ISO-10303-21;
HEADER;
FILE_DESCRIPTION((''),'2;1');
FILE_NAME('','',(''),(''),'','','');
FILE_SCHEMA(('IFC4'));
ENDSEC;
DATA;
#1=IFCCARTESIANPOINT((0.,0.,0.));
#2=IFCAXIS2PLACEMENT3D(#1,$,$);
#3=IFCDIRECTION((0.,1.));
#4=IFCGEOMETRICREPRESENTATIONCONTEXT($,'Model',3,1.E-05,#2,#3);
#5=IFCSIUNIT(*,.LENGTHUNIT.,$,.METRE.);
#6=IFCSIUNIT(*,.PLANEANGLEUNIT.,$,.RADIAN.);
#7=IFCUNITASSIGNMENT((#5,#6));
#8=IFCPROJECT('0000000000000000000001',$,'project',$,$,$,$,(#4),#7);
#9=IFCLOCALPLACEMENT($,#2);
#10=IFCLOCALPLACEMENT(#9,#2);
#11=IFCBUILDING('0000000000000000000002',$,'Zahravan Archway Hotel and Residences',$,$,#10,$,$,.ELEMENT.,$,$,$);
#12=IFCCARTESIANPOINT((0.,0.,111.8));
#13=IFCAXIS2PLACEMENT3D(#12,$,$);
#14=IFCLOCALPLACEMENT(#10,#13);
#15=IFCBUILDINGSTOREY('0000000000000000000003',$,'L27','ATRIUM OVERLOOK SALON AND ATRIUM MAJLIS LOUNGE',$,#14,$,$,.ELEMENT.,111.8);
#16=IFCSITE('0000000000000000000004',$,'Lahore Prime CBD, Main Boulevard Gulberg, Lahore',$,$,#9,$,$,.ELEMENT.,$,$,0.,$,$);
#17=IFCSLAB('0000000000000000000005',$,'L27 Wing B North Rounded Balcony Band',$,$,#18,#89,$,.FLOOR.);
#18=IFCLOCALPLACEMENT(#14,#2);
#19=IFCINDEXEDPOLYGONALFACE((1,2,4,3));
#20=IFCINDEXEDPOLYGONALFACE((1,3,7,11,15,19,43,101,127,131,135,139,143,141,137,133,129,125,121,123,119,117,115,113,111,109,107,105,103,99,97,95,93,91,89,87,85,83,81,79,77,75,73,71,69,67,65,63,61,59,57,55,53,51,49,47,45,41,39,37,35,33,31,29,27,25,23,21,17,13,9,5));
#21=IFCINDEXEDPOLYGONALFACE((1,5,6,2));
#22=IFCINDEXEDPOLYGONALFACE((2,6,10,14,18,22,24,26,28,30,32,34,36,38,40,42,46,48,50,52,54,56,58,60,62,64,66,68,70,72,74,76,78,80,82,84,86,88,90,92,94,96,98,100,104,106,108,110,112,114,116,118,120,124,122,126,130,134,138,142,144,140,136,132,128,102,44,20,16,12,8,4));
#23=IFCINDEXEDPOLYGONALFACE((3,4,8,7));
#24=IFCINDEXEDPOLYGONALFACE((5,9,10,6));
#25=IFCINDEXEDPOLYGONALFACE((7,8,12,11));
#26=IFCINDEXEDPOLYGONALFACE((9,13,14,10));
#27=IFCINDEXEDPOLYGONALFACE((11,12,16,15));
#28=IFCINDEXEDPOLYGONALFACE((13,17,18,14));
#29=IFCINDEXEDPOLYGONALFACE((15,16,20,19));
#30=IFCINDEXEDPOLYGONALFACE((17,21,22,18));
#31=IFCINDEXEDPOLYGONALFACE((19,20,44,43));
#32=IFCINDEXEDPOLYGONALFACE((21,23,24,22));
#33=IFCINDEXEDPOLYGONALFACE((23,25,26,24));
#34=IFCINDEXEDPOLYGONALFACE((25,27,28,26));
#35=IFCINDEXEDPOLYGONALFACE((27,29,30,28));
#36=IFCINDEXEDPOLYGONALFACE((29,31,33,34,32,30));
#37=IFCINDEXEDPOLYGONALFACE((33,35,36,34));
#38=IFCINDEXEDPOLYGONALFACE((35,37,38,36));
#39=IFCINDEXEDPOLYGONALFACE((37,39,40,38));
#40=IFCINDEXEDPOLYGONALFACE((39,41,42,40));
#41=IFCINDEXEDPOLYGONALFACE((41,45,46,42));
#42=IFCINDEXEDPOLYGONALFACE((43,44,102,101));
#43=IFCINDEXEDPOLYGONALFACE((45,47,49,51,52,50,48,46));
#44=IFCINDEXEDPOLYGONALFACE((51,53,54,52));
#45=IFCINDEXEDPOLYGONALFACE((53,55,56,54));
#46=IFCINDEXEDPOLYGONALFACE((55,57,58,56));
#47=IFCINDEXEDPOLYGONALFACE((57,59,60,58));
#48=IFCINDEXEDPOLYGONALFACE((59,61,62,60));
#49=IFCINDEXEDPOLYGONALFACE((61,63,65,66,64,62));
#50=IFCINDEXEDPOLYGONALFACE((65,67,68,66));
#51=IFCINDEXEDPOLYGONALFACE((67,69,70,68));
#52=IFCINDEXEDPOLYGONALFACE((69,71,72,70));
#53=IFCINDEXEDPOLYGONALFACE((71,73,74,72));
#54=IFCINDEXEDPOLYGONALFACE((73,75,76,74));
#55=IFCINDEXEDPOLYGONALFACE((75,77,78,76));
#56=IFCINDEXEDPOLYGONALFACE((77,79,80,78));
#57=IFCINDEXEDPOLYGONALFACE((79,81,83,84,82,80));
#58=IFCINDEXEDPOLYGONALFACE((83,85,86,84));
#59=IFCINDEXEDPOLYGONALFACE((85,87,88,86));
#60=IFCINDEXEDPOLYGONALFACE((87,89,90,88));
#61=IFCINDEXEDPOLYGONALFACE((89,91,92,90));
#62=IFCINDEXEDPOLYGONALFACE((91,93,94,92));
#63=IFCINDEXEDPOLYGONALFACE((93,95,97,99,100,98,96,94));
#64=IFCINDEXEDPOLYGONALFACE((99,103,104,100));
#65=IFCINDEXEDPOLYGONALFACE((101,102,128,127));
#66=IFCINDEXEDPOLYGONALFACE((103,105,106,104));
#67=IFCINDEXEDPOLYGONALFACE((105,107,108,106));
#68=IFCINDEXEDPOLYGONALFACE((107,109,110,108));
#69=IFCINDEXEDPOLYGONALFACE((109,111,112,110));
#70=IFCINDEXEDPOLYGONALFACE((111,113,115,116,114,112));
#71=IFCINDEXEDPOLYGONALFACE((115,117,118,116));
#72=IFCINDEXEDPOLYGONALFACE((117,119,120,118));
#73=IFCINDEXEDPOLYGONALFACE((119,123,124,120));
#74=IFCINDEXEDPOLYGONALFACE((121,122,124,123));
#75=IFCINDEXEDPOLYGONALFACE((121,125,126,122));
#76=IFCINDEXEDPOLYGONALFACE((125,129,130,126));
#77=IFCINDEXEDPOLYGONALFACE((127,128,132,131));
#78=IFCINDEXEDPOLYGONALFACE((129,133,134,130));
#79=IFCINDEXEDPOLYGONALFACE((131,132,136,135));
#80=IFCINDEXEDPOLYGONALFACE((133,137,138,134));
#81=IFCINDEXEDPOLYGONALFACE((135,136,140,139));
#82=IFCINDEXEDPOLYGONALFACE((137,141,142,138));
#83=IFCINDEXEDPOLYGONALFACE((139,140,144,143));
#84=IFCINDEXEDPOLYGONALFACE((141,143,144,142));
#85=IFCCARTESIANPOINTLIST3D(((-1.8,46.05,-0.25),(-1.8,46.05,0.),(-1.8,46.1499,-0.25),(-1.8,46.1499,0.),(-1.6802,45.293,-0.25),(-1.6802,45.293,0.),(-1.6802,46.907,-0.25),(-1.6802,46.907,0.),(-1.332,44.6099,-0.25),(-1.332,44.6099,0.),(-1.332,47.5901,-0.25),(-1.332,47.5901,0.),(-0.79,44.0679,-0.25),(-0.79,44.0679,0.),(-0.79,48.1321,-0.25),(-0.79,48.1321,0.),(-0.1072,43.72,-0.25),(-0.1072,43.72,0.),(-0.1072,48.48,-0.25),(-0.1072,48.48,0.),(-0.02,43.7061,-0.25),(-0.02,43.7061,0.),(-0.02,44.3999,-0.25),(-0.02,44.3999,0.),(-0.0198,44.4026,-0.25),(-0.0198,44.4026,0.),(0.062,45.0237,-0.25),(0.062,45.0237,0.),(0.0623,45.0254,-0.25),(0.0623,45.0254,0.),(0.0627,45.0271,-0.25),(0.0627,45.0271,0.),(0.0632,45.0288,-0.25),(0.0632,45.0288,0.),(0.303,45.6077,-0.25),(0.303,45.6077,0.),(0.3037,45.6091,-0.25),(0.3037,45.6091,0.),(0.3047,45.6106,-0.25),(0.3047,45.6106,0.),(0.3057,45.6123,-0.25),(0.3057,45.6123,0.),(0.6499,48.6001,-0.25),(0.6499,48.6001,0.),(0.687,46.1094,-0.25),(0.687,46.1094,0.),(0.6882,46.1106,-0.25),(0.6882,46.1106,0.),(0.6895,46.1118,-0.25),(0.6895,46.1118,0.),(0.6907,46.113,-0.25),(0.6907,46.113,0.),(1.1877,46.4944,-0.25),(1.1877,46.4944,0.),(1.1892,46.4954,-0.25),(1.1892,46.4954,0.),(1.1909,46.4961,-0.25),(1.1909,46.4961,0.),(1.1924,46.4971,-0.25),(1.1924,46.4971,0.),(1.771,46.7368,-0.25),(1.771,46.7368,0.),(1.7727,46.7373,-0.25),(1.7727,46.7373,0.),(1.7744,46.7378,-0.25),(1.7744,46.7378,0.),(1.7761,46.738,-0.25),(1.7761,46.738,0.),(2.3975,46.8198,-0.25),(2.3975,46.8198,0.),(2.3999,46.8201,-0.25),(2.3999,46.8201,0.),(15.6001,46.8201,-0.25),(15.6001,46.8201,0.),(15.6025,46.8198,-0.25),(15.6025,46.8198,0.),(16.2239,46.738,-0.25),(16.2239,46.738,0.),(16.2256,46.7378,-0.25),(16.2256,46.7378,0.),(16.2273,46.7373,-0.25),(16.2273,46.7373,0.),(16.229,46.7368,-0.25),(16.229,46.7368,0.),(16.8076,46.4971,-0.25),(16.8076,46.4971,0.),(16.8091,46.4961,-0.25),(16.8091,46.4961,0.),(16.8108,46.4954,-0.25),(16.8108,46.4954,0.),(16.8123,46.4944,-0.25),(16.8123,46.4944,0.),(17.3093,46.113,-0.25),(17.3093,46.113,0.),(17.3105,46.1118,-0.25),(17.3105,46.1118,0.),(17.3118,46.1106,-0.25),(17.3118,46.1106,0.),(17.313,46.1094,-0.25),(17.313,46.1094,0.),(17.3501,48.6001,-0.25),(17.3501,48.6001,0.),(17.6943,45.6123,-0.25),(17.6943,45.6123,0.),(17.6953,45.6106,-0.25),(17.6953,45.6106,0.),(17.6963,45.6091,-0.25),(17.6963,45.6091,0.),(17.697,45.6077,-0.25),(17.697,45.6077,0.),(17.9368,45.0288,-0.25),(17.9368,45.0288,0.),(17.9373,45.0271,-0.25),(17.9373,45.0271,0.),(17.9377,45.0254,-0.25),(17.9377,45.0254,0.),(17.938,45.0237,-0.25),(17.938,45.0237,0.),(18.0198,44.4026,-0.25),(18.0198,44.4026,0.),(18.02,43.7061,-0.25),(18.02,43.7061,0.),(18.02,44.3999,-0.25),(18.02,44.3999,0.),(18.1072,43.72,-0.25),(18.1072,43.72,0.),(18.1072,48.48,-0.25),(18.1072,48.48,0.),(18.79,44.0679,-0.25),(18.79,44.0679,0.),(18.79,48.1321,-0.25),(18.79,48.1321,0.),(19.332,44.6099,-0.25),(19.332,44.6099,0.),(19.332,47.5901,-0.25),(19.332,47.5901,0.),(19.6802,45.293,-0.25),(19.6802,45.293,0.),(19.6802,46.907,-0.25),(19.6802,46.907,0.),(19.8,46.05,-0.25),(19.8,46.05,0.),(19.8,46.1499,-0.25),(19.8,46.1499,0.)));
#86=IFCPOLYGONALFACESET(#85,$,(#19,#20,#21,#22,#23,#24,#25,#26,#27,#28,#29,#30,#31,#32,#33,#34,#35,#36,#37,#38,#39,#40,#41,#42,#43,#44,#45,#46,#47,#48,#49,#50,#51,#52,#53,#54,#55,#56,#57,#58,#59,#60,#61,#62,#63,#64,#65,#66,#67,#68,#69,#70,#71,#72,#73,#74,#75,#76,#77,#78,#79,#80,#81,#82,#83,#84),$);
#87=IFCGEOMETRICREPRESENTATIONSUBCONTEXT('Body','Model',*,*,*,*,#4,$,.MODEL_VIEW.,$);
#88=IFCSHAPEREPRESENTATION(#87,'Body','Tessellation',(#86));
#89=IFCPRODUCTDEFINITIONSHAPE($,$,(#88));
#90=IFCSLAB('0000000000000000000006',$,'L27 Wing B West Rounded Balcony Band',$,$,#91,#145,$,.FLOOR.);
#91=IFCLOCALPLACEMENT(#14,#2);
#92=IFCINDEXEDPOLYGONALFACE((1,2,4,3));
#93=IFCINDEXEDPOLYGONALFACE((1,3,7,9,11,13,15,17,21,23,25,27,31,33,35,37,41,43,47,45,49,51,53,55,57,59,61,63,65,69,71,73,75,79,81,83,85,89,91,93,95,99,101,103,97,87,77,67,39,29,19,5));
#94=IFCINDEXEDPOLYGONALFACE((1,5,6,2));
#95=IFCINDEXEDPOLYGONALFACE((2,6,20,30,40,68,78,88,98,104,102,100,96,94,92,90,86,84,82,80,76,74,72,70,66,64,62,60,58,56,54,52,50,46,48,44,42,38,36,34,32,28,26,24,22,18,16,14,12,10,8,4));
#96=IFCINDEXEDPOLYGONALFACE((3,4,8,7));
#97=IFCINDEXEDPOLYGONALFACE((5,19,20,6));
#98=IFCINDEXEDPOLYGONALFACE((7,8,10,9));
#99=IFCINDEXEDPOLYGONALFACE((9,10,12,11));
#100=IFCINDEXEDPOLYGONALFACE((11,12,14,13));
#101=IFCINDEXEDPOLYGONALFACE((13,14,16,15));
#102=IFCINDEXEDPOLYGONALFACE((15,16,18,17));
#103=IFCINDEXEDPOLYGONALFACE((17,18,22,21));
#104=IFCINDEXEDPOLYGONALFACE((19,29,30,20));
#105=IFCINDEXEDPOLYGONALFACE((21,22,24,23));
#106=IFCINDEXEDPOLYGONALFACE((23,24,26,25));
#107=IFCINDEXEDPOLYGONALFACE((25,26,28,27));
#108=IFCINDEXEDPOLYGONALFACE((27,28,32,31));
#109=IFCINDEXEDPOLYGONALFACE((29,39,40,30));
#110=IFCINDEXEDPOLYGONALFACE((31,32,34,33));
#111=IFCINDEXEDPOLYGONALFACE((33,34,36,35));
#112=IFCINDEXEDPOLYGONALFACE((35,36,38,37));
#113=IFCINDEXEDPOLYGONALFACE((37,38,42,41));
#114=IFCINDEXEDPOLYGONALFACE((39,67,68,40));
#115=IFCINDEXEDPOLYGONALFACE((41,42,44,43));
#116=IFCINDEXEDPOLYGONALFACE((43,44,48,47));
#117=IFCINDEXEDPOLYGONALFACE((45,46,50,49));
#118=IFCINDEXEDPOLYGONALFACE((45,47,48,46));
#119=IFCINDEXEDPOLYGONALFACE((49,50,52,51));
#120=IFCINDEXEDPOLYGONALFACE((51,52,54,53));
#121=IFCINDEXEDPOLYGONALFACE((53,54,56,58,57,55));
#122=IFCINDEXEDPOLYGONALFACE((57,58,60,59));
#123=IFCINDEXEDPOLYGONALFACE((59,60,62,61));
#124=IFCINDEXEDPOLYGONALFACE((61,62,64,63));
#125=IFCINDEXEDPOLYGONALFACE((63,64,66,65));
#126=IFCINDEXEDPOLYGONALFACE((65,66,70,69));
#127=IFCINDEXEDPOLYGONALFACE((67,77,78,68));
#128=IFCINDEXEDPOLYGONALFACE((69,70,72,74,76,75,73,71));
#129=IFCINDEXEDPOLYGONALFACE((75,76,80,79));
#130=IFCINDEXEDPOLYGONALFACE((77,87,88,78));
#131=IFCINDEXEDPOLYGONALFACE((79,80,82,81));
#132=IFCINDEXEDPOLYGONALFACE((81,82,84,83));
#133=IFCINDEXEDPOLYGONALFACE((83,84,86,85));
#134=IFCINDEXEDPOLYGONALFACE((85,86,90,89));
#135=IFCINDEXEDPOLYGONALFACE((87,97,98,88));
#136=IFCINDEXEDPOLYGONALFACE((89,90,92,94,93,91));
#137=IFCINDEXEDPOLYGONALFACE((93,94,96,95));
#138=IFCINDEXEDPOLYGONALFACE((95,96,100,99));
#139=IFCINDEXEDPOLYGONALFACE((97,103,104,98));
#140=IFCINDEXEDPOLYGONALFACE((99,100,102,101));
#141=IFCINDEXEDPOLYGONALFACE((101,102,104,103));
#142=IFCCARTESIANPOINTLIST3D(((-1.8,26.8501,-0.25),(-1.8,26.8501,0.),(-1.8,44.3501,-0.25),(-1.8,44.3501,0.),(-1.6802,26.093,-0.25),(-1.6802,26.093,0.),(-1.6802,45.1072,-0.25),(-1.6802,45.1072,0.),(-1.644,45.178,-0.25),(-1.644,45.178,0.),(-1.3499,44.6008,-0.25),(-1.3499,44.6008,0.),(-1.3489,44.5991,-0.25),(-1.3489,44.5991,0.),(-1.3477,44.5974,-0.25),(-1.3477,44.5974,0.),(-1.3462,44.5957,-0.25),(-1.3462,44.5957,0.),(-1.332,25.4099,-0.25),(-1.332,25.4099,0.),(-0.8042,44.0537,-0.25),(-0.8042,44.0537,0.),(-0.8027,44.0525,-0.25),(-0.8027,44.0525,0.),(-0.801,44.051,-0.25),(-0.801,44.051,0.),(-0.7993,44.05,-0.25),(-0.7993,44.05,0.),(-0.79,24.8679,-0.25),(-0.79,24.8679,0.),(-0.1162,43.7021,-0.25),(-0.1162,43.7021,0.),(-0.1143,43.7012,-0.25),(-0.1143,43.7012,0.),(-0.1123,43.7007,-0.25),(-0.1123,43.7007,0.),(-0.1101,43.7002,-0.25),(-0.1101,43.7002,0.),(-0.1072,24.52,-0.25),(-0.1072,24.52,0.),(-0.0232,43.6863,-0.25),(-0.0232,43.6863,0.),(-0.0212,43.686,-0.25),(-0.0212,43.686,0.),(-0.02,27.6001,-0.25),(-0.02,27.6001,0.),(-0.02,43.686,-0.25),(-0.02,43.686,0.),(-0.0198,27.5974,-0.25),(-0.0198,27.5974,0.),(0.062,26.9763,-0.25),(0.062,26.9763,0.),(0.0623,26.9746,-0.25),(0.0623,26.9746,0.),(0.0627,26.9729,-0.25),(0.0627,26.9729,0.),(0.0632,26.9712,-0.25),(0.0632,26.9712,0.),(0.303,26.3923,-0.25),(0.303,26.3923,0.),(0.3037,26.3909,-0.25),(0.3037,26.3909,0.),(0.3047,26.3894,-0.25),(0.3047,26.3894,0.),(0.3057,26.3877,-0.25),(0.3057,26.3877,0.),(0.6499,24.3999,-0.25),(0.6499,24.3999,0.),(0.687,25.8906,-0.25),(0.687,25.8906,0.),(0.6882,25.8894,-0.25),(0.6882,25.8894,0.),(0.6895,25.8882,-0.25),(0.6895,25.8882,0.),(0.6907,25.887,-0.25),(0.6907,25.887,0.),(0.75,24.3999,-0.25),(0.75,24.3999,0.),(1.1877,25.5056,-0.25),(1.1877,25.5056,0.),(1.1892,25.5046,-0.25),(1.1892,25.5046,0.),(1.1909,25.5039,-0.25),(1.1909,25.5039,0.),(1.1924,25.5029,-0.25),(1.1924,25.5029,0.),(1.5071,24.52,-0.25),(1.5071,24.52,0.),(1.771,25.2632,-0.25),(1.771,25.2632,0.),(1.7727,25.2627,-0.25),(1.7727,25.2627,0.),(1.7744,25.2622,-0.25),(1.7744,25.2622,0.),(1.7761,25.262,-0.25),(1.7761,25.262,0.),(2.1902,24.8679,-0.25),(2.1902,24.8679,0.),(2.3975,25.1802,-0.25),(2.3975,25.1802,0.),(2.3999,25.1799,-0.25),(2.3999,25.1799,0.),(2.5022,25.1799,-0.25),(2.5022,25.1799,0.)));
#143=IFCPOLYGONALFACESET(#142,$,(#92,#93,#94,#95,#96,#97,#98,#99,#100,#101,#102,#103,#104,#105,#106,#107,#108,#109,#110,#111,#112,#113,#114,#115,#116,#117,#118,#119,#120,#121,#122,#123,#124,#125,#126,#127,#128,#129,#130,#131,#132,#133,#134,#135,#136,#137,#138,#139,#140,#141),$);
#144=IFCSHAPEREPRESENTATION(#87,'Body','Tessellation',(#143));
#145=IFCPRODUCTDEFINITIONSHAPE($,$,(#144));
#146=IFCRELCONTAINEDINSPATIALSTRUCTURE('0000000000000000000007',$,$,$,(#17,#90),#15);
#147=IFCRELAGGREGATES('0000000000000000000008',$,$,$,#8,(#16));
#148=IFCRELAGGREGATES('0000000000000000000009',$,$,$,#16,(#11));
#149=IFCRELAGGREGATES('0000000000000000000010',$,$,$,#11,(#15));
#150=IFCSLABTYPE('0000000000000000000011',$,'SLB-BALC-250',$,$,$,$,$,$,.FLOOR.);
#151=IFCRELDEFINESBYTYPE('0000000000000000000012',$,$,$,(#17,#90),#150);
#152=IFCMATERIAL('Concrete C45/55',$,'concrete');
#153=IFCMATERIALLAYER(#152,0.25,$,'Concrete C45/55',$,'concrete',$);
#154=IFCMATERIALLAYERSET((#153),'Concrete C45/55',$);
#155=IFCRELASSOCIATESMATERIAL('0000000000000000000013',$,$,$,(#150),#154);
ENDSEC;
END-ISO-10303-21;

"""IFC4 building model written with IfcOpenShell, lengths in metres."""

from ifc_helpers import new_model, si_unit, direction, frame, origin, place, context, subcontext, project, spatial, polyline, outline, extrude, material, layer, layer_set, type_object, element, save


model = new_model("IFC4")

# Units and contexts
model_context = context("Model", 3, precision=1e-05, world=origin(), true_north=direction((0.0, 1.0)))
body_context = subcontext(model_context, "Body", "Model", "MODEL_VIEW")
ifc_project = project(units=[si_unit("LENGTHUNIT", "METRE"), si_unit("PLANEANGLEUNIT", "RADIAN")], contexts=[model_context])

# Site, building, storey
site_placement = place(None, origin())
site = spatial("IfcSite", under=ifc_project, at=site_placement, Name="Lahore Prime CBD, Main Boulevard Gulberg, Lahore", CompositionType="ELEMENT", RefElevation=0.0)
building_placement = place(site_placement, origin())
building = spatial("IfcBuilding", under=site, at=building_placement, Name="Zahravan Archway Hotel and Residences", CompositionType="ELEMENT")
storey_placement = place(building_placement, frame((0.0, 0.0, 111.8)))
storey = spatial("IfcBuildingStorey", under=building, at=storey_placement, Name="L27", Description="ATRIUM OVERLOOK SALON AND ATRIUM MAJLIS LOUNGE", CompositionType="ELEMENT", Elevation=111.8)

# Slabs
ifc_material_1 = material(Name="Concrete C45/55", Category="concrete")
ifc_layer_1 = layer(ifc_material_1, 0.25, Name="Concrete C45/55", Category="concrete")
ifc_layer_set_1 = layer_set([ifc_layer_1], Name="Concrete C45/55")
slab_type_1 = type_object("IfcSlabType", Name="SLB-BALC-250", PredefinedType="FLOOR", material=ifc_layer_set_1)
slab_1_placement = place(storey_placement, frame((0.0, 0.0, -0.25)))
element("IfcSlab", 1, at=slab_1_placement, inside=storey, type_object=slab_type_1, Name="L27 Wing B North Rounded Balcony Band", PredefinedType="FLOOR", context=body_context, shape_type="SweptSolid", body=[
    extrude(outline(polyline([(-0.1072, 43.72), (-0.79, 44.0679), (-1.332, 44.6099), (-1.6802, 45.293), (-1.8, 46.05), (-1.8, 46.1499), (-1.6802, 46.907), (-1.332, 47.5901), (-0.79, 48.1321), (-0.1072, 48.48), (0.6499, 48.6001), (17.3501, 48.6001), (18.1072, 48.48), (18.79, 48.1321), (19.332, 47.5901), (19.6802, 46.907), (19.8, 46.1499), (19.8, 46.05), (19.6802, 45.293), (19.332, 44.6099), (18.79, 44.0679), (18.1072, 43.72), (18.02, 43.7061), (18.02, 44.3999), (18.0198, 44.4026), (17.938, 45.0237), (17.9377, 45.0254), (17.9373, 45.0271), (17.9368, 45.0288), (17.697, 45.6077), (17.6963, 45.6091), (17.6953, 45.6106), (17.6943, 45.6123), (17.313, 46.1094), (17.3118, 46.1106), (17.3105, 46.1118), (17.3093, 46.113), (16.8123, 46.4944), (16.8108, 46.4954), (16.8091, 46.4961), (16.8076, 46.4971), (16.229, 46.7368), (16.2273, 46.7373), (16.2256, 46.7378), (16.2239, 46.738), (15.6025, 46.8198), (15.6001, 46.8201), (2.3999, 46.8201), (2.3975, 46.8198), (1.7761, 46.738), (1.7744, 46.7378), (1.7727, 46.7373), (1.771, 46.7368), (1.1924, 46.4971), (1.1909, 46.4961), (1.1892, 46.4954), (1.1877, 46.4944), (0.6907, 46.113), (0.6895, 46.1118), (0.6882, 46.1106), (0.687, 46.1094), (0.3057, 45.6123), (0.3047, 45.6106), (0.3037, 45.6091), (0.303, 45.6077), (0.0632, 45.0288), (0.0627, 45.0271), (0.0623, 45.0254), (0.062, 45.0237), (-0.0198, 44.4026), (-0.02, 44.3999), (-0.02, 43.7061), (-0.1072, 43.72)])), origin(), (0.0, 0.0, 1.0), 0.25),
])
slab_2_placement = place(storey_placement, frame((0.0, 0.0, -0.25)))
element("IfcSlab", 2, at=slab_2_placement, inside=storey, type_object=slab_type_1, Name="L27 Wing B West Rounded Balcony Band", PredefinedType="FLOOR", context=body_context, shape_type="SweptSolid", body=[
    extrude(outline(polyline([(2.1902, 24.8679), (1.5071, 24.52), (0.75, 24.3999), (0.6499, 24.3999), (-0.1072, 24.52), (-0.79, 24.8679), (-1.332, 25.4099), (-1.6802, 26.093), (-1.8, 26.8501), (-1.8, 44.3501), (-1.6802, 45.1072), (-1.644, 45.178), (-1.3499, 44.6008), (-1.3489, 44.5991), (-1.3477, 44.5974), (-1.3462, 44.5957), (-0.8042, 44.0537), (-0.8027, 44.0525), (-0.801, 44.051), (-0.7993, 44.05), (-0.1162, 43.7021), (-0.1143, 43.7012), (-0.1123, 43.7007), (-0.1101, 43.7002), (-0.0232, 43.6863), (-0.0212, 43.686), (-0.02, 43.686), (-0.02, 27.6001), (-0.0198, 27.5974), (0.062, 26.9763), (0.0623, 26.9746), (0.0627, 26.9729), (0.0632, 26.9712), (0.303, 26.3923), (0.3037, 26.3909), (0.3047, 26.3894), (0.3057, 26.3877), (0.687, 25.8906), (0.6882, 25.8894), (0.6895, 25.8882), (0.6907, 25.887), (1.1877, 25.5056), (1.1892, 25.5046), (1.1909, 25.5039), (1.1924, 25.5029), (1.771, 25.2632), (1.7727, 25.2627), (1.7744, 25.2622), (1.7761, 25.262), (2.3975, 25.1802), (2.3999, 25.1799), (2.5022, 25.1799), (2.1902, 24.8679)])), origin(), (0.0, 0.0, 1.0), 0.25),
])

save(model, "model.ifc")
